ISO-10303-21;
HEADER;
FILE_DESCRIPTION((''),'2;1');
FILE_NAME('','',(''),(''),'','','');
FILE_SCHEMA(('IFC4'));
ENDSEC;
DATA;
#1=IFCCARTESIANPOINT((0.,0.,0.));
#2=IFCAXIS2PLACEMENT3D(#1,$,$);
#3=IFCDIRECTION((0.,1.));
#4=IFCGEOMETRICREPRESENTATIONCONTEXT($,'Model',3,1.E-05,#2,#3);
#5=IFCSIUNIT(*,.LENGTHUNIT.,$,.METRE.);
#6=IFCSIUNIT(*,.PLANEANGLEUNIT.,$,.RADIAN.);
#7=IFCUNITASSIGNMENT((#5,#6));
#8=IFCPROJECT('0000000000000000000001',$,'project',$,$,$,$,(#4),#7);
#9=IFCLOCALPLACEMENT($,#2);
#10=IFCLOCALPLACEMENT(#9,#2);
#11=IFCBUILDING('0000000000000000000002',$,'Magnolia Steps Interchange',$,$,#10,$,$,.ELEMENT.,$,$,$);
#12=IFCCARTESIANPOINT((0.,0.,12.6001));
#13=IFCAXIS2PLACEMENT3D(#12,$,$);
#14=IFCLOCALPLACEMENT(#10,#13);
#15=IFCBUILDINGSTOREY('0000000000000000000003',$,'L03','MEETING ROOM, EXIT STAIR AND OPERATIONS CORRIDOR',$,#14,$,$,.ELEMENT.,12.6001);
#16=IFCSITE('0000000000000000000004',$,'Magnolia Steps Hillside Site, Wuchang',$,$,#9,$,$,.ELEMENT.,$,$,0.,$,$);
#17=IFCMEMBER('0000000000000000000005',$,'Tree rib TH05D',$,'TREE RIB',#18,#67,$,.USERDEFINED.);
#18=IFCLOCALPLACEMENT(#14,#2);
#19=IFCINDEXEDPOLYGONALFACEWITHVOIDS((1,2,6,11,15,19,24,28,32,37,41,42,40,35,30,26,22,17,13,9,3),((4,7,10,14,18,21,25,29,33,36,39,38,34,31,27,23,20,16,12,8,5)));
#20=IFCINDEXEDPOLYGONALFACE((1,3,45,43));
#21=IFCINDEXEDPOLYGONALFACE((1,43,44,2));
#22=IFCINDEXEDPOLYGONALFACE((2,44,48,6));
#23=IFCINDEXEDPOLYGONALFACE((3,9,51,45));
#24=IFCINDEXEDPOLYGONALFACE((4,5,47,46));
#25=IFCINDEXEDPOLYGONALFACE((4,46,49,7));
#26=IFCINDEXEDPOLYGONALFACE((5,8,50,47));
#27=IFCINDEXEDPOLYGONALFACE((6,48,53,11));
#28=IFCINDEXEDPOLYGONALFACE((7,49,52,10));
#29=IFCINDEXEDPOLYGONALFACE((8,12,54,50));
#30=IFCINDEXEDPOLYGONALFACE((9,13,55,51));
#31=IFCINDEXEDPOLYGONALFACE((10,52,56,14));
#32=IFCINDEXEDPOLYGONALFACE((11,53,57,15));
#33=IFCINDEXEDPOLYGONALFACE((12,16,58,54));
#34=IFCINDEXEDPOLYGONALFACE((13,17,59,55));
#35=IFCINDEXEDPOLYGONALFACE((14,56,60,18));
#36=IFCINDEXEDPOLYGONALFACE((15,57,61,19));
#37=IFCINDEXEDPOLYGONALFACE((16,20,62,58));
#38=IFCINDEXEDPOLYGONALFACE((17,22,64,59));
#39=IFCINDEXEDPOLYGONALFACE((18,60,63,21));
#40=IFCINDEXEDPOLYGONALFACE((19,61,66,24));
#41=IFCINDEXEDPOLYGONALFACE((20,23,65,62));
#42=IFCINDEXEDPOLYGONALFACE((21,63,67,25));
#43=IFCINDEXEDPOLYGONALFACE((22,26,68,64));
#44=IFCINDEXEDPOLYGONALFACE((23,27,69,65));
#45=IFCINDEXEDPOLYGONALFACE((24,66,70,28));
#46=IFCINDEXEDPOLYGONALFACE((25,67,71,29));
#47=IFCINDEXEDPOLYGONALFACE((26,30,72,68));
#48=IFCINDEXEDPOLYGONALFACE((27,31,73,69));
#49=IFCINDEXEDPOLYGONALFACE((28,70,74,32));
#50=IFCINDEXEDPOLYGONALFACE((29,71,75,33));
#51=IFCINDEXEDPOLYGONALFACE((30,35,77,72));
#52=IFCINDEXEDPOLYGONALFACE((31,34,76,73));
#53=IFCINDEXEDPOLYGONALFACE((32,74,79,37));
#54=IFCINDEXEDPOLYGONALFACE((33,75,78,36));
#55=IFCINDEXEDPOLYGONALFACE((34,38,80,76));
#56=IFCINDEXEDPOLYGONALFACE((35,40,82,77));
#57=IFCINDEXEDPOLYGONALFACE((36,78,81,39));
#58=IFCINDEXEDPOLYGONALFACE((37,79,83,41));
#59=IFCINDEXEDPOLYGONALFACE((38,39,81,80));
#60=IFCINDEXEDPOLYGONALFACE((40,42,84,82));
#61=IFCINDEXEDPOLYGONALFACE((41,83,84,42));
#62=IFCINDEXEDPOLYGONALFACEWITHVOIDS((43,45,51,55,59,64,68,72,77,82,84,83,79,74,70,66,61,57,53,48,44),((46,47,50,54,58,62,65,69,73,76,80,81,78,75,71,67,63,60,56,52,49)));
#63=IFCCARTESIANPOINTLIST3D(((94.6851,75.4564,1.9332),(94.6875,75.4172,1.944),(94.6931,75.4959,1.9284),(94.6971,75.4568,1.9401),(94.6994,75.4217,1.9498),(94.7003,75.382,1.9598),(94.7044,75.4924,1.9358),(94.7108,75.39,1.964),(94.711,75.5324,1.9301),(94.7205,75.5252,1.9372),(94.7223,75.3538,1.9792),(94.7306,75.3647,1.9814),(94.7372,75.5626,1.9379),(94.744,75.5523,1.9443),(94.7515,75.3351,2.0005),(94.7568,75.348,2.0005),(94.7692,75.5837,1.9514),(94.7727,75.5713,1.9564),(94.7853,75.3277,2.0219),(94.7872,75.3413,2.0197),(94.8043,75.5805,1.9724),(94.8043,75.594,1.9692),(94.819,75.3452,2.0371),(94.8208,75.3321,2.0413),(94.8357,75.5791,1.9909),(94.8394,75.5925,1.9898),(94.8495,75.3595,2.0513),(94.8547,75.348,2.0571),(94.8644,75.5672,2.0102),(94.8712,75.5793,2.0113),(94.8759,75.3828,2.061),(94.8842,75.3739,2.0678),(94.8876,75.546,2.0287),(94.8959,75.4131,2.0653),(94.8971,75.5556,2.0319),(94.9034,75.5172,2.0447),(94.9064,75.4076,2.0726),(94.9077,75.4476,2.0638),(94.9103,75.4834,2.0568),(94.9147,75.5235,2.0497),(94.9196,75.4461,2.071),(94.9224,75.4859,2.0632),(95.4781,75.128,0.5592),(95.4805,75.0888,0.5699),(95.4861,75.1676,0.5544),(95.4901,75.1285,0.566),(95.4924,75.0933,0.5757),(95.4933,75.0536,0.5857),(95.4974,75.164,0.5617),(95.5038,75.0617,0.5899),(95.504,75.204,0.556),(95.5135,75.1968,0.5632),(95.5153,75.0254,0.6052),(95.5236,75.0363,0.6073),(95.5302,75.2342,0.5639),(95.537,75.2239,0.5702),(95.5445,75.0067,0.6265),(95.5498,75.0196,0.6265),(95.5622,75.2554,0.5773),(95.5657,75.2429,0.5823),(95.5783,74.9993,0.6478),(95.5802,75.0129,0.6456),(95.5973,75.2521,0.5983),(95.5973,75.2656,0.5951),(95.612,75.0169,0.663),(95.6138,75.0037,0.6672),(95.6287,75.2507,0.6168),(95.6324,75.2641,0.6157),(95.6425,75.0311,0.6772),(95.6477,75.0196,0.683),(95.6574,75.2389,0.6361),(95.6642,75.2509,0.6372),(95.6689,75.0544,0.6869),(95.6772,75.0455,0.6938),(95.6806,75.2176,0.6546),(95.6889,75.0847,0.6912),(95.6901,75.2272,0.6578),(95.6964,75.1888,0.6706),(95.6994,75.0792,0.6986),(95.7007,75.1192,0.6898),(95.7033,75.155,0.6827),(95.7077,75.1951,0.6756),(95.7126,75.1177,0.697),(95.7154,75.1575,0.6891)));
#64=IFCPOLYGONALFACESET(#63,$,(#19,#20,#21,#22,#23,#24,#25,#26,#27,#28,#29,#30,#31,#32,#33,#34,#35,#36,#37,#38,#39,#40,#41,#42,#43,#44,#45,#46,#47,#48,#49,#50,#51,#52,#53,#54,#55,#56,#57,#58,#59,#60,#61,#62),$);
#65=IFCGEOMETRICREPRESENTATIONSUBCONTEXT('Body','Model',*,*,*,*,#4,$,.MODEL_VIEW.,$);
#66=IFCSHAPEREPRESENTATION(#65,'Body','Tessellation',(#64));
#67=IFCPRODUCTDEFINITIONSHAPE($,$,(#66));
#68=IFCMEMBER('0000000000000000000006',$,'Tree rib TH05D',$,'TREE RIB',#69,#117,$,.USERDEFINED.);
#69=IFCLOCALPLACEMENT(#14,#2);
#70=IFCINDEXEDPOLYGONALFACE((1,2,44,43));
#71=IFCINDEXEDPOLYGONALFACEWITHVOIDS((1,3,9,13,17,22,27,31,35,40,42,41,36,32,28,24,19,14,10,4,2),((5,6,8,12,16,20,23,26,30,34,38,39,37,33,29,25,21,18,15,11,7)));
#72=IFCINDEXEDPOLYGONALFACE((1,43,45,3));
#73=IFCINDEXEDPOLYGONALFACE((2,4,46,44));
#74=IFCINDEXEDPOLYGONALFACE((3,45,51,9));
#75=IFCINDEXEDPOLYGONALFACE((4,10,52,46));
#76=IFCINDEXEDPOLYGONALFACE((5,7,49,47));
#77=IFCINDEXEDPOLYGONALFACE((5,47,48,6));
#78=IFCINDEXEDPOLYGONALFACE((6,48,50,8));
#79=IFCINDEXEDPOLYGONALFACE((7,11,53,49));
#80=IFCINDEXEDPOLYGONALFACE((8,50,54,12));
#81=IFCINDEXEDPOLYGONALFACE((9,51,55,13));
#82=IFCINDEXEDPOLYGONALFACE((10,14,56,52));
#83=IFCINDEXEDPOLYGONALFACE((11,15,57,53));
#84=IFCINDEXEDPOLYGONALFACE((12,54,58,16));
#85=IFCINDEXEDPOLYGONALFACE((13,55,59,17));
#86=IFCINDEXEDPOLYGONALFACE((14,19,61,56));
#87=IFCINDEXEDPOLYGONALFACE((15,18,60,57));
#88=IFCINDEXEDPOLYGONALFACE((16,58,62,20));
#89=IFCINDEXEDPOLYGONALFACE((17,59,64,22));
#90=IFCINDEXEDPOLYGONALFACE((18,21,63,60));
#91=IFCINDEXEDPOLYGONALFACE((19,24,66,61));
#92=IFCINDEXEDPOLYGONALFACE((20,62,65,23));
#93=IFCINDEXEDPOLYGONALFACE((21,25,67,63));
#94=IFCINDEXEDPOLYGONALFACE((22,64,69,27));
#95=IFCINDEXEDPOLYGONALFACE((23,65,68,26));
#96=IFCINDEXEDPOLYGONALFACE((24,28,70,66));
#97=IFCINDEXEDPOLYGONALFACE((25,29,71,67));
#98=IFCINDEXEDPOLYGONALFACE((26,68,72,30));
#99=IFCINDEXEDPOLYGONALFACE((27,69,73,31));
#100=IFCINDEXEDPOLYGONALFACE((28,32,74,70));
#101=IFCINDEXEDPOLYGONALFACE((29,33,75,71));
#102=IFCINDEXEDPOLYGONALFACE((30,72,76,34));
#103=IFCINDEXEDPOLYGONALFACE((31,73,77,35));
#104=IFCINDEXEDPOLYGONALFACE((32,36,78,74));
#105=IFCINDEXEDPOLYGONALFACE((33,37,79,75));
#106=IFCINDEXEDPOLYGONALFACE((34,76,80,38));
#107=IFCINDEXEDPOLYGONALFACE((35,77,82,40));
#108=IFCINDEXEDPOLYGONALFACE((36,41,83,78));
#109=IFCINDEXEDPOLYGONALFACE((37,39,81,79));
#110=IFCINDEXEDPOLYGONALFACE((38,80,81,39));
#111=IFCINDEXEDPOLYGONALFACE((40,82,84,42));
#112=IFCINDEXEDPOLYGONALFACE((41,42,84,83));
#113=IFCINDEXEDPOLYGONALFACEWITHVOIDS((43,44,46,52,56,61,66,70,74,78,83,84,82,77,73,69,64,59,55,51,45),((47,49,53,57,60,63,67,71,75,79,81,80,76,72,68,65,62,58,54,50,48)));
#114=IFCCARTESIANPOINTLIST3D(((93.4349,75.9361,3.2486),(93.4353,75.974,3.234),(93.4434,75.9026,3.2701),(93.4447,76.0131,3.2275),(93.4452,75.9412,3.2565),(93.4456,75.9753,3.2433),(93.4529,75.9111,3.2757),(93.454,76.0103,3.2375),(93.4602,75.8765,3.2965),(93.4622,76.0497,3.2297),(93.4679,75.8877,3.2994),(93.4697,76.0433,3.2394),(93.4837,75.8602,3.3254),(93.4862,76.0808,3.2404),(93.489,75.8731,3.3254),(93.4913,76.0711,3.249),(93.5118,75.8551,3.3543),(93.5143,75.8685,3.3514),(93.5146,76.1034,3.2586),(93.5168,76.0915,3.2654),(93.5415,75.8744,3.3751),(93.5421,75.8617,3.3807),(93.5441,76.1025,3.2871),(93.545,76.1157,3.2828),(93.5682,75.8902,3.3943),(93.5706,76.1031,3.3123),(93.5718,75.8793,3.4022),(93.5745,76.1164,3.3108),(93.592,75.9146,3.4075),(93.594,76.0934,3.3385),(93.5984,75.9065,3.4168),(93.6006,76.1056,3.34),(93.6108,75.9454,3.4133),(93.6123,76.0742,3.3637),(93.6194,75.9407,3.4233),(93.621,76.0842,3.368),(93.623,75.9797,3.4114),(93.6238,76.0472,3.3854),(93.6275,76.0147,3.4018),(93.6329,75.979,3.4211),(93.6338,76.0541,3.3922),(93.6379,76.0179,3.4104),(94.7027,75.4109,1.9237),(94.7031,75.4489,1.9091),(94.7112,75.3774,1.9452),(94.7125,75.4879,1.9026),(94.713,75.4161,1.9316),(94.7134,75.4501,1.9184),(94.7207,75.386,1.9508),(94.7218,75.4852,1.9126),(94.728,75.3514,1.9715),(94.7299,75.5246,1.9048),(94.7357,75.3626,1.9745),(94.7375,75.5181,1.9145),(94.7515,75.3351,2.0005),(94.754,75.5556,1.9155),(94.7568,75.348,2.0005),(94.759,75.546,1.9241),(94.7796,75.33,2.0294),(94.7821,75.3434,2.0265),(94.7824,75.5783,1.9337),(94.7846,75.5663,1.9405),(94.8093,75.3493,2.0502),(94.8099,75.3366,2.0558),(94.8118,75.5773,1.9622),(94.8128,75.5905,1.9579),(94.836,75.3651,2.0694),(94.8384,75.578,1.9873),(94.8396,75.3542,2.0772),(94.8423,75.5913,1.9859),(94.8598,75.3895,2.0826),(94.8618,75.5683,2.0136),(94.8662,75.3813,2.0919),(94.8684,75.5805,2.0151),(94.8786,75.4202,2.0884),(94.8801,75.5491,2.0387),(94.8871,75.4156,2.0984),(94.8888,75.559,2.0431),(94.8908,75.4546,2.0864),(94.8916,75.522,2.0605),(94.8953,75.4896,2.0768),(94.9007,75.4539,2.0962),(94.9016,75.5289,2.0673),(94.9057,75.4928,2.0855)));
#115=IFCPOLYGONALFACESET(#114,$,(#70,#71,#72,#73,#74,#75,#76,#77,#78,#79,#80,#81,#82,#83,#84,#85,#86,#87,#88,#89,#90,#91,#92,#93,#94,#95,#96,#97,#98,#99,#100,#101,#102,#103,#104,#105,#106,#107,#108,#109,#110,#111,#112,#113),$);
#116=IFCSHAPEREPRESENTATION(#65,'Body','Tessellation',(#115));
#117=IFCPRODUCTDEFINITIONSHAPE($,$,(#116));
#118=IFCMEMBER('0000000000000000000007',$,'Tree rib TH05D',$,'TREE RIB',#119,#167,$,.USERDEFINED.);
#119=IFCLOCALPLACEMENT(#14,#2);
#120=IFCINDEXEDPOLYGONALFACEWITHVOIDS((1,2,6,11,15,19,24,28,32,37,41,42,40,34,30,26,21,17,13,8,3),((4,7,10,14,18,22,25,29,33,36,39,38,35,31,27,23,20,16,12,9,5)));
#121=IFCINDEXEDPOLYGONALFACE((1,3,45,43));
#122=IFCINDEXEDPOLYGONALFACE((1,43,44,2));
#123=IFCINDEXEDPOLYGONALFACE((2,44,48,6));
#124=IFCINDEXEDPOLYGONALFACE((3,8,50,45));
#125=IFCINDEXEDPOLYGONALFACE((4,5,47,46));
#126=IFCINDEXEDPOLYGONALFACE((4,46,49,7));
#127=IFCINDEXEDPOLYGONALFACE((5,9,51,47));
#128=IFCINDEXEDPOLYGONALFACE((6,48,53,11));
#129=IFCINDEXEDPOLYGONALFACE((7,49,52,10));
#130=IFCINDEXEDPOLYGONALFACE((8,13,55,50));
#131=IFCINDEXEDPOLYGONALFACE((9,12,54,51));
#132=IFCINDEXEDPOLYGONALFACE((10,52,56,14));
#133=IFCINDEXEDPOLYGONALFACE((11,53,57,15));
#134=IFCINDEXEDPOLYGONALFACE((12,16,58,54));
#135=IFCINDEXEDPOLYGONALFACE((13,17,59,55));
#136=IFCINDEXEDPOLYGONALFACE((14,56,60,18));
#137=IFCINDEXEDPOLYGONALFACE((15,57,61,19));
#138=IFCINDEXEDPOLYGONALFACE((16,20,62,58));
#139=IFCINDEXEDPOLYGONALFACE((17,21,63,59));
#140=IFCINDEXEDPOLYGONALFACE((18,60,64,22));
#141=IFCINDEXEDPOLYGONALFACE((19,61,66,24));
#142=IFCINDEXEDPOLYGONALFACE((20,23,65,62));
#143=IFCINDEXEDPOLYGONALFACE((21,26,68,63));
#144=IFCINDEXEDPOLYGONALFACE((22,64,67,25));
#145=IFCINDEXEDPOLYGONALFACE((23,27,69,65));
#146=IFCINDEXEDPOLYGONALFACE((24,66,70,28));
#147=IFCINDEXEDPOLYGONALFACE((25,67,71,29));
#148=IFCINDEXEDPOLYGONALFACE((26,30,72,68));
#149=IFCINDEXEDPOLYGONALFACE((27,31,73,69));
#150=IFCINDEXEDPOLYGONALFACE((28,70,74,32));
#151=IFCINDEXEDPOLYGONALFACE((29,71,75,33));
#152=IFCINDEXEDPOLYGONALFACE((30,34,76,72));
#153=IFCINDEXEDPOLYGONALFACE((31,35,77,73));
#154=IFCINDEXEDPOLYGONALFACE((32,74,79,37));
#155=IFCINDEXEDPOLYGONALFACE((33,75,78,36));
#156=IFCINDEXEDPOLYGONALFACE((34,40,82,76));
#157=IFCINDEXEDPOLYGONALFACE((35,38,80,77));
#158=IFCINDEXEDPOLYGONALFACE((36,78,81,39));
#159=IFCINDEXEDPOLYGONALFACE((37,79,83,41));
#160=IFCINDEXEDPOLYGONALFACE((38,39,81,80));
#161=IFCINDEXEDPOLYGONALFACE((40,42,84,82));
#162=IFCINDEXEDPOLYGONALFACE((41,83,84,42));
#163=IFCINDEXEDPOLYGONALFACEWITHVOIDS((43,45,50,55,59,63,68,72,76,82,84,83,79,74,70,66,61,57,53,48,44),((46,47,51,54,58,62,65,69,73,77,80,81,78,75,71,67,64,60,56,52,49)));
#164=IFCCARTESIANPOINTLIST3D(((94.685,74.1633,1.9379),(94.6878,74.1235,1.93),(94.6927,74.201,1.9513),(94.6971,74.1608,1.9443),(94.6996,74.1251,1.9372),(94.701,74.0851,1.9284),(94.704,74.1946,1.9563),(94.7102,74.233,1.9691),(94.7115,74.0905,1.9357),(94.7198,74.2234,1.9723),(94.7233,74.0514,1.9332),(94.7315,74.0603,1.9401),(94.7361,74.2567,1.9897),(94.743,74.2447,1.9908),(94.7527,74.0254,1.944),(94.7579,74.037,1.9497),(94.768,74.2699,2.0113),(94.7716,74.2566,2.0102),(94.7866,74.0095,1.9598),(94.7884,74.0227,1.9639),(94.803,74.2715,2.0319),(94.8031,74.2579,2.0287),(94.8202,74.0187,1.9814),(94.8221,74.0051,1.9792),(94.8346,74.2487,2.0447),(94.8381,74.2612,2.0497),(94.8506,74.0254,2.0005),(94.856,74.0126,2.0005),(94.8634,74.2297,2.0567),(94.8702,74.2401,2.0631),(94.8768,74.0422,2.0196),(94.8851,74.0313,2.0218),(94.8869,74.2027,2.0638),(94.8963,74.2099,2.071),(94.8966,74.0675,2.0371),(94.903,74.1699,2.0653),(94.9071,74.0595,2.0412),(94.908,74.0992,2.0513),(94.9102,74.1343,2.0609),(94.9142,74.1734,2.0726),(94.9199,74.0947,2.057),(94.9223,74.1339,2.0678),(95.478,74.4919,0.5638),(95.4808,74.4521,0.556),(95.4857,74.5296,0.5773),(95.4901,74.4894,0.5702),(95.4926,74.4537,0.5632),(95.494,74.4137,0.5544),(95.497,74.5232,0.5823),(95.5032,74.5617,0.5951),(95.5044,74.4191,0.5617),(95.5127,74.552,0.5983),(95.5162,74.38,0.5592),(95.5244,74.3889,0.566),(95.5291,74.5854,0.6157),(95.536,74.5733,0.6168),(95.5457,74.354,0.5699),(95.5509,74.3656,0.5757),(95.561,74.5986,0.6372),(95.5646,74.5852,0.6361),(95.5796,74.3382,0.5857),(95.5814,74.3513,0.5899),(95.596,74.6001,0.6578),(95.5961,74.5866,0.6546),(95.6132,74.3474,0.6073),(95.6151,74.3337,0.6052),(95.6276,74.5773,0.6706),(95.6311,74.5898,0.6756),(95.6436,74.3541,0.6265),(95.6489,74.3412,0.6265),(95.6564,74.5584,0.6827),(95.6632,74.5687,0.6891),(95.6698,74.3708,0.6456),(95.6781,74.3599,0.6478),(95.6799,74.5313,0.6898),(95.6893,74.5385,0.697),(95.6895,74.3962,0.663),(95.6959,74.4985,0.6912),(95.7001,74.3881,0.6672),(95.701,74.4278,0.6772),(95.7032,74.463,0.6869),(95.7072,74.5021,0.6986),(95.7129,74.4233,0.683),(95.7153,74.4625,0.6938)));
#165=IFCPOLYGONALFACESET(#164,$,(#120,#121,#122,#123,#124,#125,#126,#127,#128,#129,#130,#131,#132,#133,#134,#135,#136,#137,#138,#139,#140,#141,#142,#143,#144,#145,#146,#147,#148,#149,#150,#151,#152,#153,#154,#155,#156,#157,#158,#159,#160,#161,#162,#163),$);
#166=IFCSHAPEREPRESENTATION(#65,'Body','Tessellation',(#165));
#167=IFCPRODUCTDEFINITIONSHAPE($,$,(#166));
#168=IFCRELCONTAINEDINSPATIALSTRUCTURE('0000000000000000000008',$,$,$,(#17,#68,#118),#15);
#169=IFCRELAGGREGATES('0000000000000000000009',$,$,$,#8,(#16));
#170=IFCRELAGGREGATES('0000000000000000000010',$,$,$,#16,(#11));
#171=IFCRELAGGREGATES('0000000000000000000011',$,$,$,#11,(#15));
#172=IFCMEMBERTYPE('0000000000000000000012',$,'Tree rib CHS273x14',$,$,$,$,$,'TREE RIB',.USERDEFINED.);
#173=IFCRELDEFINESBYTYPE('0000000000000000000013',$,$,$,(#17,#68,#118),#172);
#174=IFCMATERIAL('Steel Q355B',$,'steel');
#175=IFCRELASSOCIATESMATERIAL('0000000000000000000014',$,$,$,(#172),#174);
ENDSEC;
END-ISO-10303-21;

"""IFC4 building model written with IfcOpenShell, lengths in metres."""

from ifc_helpers import new_model, si_unit, direction, frame, origin, origin_2d, place, context, subcontext, project, spatial, hollow_circle, extrude, material, material_profile, profile_set, type_object, element, save


model = new_model("IFC4")

# Units and contexts
model_context = context("Model", 3, precision=1e-05, world=origin(), true_north=direction((0.0, 1.0)))
body_context = subcontext(model_context, "Body", "Model", "MODEL_VIEW")
ifc_project = project(units=[si_unit("LENGTHUNIT", "METRE"), si_unit("PLANEANGLEUNIT", "RADIAN")], contexts=[model_context])

# Site, building, storey
site_placement = place(None, origin())
site = spatial("IfcSite", under=ifc_project, at=site_placement, Name="Magnolia Steps Hillside Site, Wuchang", CompositionType="ELEMENT", RefElevation=0.0)
building_placement = place(site_placement, origin())
building = spatial("IfcBuilding", under=site, at=building_placement, Name="Magnolia Steps Interchange", CompositionType="ELEMENT")
storey_placement = place(building_placement, frame((0.0, 0.0, 12.6001)))
storey = spatial("IfcBuildingStorey", under=building, at=storey_placement, Name="L03", Description="MEETING ROOM, EXIT STAIR AND OPERATIONS CORRIDOR", CompositionType="ELEMENT", Elevation=12.6001)

# Members
ifc_material_1 = material(Name="Steel Q355B", Category="steel")
ifc_material_profile_1 = material_profile(ifc_material_1, hollow_circle(Radius=0.1365, WallThickness=0.0139, at=origin_2d()), Name="CHS273x14")
ifc_profile_set_1 = profile_set([ifc_material_profile_1], Name="Steel Q355B")
member_type_1 = type_object("IfcMemberType", Name="Tree rib CHS273x14", ElementType="TREE RIB", PredefinedType="USERDEFINED", material=ifc_profile_set_1)
member_1_placement = place(storey_placement, frame((95.5967, 75.1328, 0.6265), z_axis=(-0.489471, 0.202691, 0.848136), x_axis=(-0.382595, -0.923916, 0.0)))
element("IfcMember", 1, at=member_1_placement, inside=storey, type_object=member_type_1, Name="Tree rib TH05D", ObjectType="TREE RIB", PredefinedType="USERDEFINED", context=body_context, shape_type="SweptSolid", body=[
    extrude(hollow_circle(Radius=0.1365, WallThickness=0.0139, at=origin_2d()), origin(), (0.0, 0.0, 1.0), 1.6201),
])
member_2_placement = place(storey_placement, frame((94.8037, 75.4612, 2.0005), z_axis=(-0.664643, 0.275303, 0.694592), x_axis=(-0.382682, -0.92388, 0.0)))
element("IfcMember", 2, at=member_2_placement, inside=storey, type_object=member_type_1, Name="Tree rib TH05D", ObjectType="TREE RIB", PredefinedType="USERDEFINED", context=body_context, shape_type="SweptSolid", body=[
    extrude(hollow_circle(Radius=0.1365, WallThickness=0.0139, at=origin_2d()), origin(), (0.0, 0.0, 1.0), 1.9075),
])
member_3_placement = place(storey_placement, frame((95.5967, 74.4673, 0.6265), z_axis=(-0.489456, -0.202835, 0.84811), x_axis=(0.382837, -0.923816, 0.0)))
element("IfcMember", 3, at=member_3_placement, inside=storey, type_object=member_type_1, Name="Tree rib TH05D", ObjectType="TREE RIB", PredefinedType="USERDEFINED", context=body_context, shape_type="SweptSolid", body=[
    extrude(hollow_circle(Radius=0.1365, WallThickness=0.0139, at=origin_2d()), origin(), (0.0, 0.0, 1.0), 1.6201),
])

save(model, "model.ifc")
